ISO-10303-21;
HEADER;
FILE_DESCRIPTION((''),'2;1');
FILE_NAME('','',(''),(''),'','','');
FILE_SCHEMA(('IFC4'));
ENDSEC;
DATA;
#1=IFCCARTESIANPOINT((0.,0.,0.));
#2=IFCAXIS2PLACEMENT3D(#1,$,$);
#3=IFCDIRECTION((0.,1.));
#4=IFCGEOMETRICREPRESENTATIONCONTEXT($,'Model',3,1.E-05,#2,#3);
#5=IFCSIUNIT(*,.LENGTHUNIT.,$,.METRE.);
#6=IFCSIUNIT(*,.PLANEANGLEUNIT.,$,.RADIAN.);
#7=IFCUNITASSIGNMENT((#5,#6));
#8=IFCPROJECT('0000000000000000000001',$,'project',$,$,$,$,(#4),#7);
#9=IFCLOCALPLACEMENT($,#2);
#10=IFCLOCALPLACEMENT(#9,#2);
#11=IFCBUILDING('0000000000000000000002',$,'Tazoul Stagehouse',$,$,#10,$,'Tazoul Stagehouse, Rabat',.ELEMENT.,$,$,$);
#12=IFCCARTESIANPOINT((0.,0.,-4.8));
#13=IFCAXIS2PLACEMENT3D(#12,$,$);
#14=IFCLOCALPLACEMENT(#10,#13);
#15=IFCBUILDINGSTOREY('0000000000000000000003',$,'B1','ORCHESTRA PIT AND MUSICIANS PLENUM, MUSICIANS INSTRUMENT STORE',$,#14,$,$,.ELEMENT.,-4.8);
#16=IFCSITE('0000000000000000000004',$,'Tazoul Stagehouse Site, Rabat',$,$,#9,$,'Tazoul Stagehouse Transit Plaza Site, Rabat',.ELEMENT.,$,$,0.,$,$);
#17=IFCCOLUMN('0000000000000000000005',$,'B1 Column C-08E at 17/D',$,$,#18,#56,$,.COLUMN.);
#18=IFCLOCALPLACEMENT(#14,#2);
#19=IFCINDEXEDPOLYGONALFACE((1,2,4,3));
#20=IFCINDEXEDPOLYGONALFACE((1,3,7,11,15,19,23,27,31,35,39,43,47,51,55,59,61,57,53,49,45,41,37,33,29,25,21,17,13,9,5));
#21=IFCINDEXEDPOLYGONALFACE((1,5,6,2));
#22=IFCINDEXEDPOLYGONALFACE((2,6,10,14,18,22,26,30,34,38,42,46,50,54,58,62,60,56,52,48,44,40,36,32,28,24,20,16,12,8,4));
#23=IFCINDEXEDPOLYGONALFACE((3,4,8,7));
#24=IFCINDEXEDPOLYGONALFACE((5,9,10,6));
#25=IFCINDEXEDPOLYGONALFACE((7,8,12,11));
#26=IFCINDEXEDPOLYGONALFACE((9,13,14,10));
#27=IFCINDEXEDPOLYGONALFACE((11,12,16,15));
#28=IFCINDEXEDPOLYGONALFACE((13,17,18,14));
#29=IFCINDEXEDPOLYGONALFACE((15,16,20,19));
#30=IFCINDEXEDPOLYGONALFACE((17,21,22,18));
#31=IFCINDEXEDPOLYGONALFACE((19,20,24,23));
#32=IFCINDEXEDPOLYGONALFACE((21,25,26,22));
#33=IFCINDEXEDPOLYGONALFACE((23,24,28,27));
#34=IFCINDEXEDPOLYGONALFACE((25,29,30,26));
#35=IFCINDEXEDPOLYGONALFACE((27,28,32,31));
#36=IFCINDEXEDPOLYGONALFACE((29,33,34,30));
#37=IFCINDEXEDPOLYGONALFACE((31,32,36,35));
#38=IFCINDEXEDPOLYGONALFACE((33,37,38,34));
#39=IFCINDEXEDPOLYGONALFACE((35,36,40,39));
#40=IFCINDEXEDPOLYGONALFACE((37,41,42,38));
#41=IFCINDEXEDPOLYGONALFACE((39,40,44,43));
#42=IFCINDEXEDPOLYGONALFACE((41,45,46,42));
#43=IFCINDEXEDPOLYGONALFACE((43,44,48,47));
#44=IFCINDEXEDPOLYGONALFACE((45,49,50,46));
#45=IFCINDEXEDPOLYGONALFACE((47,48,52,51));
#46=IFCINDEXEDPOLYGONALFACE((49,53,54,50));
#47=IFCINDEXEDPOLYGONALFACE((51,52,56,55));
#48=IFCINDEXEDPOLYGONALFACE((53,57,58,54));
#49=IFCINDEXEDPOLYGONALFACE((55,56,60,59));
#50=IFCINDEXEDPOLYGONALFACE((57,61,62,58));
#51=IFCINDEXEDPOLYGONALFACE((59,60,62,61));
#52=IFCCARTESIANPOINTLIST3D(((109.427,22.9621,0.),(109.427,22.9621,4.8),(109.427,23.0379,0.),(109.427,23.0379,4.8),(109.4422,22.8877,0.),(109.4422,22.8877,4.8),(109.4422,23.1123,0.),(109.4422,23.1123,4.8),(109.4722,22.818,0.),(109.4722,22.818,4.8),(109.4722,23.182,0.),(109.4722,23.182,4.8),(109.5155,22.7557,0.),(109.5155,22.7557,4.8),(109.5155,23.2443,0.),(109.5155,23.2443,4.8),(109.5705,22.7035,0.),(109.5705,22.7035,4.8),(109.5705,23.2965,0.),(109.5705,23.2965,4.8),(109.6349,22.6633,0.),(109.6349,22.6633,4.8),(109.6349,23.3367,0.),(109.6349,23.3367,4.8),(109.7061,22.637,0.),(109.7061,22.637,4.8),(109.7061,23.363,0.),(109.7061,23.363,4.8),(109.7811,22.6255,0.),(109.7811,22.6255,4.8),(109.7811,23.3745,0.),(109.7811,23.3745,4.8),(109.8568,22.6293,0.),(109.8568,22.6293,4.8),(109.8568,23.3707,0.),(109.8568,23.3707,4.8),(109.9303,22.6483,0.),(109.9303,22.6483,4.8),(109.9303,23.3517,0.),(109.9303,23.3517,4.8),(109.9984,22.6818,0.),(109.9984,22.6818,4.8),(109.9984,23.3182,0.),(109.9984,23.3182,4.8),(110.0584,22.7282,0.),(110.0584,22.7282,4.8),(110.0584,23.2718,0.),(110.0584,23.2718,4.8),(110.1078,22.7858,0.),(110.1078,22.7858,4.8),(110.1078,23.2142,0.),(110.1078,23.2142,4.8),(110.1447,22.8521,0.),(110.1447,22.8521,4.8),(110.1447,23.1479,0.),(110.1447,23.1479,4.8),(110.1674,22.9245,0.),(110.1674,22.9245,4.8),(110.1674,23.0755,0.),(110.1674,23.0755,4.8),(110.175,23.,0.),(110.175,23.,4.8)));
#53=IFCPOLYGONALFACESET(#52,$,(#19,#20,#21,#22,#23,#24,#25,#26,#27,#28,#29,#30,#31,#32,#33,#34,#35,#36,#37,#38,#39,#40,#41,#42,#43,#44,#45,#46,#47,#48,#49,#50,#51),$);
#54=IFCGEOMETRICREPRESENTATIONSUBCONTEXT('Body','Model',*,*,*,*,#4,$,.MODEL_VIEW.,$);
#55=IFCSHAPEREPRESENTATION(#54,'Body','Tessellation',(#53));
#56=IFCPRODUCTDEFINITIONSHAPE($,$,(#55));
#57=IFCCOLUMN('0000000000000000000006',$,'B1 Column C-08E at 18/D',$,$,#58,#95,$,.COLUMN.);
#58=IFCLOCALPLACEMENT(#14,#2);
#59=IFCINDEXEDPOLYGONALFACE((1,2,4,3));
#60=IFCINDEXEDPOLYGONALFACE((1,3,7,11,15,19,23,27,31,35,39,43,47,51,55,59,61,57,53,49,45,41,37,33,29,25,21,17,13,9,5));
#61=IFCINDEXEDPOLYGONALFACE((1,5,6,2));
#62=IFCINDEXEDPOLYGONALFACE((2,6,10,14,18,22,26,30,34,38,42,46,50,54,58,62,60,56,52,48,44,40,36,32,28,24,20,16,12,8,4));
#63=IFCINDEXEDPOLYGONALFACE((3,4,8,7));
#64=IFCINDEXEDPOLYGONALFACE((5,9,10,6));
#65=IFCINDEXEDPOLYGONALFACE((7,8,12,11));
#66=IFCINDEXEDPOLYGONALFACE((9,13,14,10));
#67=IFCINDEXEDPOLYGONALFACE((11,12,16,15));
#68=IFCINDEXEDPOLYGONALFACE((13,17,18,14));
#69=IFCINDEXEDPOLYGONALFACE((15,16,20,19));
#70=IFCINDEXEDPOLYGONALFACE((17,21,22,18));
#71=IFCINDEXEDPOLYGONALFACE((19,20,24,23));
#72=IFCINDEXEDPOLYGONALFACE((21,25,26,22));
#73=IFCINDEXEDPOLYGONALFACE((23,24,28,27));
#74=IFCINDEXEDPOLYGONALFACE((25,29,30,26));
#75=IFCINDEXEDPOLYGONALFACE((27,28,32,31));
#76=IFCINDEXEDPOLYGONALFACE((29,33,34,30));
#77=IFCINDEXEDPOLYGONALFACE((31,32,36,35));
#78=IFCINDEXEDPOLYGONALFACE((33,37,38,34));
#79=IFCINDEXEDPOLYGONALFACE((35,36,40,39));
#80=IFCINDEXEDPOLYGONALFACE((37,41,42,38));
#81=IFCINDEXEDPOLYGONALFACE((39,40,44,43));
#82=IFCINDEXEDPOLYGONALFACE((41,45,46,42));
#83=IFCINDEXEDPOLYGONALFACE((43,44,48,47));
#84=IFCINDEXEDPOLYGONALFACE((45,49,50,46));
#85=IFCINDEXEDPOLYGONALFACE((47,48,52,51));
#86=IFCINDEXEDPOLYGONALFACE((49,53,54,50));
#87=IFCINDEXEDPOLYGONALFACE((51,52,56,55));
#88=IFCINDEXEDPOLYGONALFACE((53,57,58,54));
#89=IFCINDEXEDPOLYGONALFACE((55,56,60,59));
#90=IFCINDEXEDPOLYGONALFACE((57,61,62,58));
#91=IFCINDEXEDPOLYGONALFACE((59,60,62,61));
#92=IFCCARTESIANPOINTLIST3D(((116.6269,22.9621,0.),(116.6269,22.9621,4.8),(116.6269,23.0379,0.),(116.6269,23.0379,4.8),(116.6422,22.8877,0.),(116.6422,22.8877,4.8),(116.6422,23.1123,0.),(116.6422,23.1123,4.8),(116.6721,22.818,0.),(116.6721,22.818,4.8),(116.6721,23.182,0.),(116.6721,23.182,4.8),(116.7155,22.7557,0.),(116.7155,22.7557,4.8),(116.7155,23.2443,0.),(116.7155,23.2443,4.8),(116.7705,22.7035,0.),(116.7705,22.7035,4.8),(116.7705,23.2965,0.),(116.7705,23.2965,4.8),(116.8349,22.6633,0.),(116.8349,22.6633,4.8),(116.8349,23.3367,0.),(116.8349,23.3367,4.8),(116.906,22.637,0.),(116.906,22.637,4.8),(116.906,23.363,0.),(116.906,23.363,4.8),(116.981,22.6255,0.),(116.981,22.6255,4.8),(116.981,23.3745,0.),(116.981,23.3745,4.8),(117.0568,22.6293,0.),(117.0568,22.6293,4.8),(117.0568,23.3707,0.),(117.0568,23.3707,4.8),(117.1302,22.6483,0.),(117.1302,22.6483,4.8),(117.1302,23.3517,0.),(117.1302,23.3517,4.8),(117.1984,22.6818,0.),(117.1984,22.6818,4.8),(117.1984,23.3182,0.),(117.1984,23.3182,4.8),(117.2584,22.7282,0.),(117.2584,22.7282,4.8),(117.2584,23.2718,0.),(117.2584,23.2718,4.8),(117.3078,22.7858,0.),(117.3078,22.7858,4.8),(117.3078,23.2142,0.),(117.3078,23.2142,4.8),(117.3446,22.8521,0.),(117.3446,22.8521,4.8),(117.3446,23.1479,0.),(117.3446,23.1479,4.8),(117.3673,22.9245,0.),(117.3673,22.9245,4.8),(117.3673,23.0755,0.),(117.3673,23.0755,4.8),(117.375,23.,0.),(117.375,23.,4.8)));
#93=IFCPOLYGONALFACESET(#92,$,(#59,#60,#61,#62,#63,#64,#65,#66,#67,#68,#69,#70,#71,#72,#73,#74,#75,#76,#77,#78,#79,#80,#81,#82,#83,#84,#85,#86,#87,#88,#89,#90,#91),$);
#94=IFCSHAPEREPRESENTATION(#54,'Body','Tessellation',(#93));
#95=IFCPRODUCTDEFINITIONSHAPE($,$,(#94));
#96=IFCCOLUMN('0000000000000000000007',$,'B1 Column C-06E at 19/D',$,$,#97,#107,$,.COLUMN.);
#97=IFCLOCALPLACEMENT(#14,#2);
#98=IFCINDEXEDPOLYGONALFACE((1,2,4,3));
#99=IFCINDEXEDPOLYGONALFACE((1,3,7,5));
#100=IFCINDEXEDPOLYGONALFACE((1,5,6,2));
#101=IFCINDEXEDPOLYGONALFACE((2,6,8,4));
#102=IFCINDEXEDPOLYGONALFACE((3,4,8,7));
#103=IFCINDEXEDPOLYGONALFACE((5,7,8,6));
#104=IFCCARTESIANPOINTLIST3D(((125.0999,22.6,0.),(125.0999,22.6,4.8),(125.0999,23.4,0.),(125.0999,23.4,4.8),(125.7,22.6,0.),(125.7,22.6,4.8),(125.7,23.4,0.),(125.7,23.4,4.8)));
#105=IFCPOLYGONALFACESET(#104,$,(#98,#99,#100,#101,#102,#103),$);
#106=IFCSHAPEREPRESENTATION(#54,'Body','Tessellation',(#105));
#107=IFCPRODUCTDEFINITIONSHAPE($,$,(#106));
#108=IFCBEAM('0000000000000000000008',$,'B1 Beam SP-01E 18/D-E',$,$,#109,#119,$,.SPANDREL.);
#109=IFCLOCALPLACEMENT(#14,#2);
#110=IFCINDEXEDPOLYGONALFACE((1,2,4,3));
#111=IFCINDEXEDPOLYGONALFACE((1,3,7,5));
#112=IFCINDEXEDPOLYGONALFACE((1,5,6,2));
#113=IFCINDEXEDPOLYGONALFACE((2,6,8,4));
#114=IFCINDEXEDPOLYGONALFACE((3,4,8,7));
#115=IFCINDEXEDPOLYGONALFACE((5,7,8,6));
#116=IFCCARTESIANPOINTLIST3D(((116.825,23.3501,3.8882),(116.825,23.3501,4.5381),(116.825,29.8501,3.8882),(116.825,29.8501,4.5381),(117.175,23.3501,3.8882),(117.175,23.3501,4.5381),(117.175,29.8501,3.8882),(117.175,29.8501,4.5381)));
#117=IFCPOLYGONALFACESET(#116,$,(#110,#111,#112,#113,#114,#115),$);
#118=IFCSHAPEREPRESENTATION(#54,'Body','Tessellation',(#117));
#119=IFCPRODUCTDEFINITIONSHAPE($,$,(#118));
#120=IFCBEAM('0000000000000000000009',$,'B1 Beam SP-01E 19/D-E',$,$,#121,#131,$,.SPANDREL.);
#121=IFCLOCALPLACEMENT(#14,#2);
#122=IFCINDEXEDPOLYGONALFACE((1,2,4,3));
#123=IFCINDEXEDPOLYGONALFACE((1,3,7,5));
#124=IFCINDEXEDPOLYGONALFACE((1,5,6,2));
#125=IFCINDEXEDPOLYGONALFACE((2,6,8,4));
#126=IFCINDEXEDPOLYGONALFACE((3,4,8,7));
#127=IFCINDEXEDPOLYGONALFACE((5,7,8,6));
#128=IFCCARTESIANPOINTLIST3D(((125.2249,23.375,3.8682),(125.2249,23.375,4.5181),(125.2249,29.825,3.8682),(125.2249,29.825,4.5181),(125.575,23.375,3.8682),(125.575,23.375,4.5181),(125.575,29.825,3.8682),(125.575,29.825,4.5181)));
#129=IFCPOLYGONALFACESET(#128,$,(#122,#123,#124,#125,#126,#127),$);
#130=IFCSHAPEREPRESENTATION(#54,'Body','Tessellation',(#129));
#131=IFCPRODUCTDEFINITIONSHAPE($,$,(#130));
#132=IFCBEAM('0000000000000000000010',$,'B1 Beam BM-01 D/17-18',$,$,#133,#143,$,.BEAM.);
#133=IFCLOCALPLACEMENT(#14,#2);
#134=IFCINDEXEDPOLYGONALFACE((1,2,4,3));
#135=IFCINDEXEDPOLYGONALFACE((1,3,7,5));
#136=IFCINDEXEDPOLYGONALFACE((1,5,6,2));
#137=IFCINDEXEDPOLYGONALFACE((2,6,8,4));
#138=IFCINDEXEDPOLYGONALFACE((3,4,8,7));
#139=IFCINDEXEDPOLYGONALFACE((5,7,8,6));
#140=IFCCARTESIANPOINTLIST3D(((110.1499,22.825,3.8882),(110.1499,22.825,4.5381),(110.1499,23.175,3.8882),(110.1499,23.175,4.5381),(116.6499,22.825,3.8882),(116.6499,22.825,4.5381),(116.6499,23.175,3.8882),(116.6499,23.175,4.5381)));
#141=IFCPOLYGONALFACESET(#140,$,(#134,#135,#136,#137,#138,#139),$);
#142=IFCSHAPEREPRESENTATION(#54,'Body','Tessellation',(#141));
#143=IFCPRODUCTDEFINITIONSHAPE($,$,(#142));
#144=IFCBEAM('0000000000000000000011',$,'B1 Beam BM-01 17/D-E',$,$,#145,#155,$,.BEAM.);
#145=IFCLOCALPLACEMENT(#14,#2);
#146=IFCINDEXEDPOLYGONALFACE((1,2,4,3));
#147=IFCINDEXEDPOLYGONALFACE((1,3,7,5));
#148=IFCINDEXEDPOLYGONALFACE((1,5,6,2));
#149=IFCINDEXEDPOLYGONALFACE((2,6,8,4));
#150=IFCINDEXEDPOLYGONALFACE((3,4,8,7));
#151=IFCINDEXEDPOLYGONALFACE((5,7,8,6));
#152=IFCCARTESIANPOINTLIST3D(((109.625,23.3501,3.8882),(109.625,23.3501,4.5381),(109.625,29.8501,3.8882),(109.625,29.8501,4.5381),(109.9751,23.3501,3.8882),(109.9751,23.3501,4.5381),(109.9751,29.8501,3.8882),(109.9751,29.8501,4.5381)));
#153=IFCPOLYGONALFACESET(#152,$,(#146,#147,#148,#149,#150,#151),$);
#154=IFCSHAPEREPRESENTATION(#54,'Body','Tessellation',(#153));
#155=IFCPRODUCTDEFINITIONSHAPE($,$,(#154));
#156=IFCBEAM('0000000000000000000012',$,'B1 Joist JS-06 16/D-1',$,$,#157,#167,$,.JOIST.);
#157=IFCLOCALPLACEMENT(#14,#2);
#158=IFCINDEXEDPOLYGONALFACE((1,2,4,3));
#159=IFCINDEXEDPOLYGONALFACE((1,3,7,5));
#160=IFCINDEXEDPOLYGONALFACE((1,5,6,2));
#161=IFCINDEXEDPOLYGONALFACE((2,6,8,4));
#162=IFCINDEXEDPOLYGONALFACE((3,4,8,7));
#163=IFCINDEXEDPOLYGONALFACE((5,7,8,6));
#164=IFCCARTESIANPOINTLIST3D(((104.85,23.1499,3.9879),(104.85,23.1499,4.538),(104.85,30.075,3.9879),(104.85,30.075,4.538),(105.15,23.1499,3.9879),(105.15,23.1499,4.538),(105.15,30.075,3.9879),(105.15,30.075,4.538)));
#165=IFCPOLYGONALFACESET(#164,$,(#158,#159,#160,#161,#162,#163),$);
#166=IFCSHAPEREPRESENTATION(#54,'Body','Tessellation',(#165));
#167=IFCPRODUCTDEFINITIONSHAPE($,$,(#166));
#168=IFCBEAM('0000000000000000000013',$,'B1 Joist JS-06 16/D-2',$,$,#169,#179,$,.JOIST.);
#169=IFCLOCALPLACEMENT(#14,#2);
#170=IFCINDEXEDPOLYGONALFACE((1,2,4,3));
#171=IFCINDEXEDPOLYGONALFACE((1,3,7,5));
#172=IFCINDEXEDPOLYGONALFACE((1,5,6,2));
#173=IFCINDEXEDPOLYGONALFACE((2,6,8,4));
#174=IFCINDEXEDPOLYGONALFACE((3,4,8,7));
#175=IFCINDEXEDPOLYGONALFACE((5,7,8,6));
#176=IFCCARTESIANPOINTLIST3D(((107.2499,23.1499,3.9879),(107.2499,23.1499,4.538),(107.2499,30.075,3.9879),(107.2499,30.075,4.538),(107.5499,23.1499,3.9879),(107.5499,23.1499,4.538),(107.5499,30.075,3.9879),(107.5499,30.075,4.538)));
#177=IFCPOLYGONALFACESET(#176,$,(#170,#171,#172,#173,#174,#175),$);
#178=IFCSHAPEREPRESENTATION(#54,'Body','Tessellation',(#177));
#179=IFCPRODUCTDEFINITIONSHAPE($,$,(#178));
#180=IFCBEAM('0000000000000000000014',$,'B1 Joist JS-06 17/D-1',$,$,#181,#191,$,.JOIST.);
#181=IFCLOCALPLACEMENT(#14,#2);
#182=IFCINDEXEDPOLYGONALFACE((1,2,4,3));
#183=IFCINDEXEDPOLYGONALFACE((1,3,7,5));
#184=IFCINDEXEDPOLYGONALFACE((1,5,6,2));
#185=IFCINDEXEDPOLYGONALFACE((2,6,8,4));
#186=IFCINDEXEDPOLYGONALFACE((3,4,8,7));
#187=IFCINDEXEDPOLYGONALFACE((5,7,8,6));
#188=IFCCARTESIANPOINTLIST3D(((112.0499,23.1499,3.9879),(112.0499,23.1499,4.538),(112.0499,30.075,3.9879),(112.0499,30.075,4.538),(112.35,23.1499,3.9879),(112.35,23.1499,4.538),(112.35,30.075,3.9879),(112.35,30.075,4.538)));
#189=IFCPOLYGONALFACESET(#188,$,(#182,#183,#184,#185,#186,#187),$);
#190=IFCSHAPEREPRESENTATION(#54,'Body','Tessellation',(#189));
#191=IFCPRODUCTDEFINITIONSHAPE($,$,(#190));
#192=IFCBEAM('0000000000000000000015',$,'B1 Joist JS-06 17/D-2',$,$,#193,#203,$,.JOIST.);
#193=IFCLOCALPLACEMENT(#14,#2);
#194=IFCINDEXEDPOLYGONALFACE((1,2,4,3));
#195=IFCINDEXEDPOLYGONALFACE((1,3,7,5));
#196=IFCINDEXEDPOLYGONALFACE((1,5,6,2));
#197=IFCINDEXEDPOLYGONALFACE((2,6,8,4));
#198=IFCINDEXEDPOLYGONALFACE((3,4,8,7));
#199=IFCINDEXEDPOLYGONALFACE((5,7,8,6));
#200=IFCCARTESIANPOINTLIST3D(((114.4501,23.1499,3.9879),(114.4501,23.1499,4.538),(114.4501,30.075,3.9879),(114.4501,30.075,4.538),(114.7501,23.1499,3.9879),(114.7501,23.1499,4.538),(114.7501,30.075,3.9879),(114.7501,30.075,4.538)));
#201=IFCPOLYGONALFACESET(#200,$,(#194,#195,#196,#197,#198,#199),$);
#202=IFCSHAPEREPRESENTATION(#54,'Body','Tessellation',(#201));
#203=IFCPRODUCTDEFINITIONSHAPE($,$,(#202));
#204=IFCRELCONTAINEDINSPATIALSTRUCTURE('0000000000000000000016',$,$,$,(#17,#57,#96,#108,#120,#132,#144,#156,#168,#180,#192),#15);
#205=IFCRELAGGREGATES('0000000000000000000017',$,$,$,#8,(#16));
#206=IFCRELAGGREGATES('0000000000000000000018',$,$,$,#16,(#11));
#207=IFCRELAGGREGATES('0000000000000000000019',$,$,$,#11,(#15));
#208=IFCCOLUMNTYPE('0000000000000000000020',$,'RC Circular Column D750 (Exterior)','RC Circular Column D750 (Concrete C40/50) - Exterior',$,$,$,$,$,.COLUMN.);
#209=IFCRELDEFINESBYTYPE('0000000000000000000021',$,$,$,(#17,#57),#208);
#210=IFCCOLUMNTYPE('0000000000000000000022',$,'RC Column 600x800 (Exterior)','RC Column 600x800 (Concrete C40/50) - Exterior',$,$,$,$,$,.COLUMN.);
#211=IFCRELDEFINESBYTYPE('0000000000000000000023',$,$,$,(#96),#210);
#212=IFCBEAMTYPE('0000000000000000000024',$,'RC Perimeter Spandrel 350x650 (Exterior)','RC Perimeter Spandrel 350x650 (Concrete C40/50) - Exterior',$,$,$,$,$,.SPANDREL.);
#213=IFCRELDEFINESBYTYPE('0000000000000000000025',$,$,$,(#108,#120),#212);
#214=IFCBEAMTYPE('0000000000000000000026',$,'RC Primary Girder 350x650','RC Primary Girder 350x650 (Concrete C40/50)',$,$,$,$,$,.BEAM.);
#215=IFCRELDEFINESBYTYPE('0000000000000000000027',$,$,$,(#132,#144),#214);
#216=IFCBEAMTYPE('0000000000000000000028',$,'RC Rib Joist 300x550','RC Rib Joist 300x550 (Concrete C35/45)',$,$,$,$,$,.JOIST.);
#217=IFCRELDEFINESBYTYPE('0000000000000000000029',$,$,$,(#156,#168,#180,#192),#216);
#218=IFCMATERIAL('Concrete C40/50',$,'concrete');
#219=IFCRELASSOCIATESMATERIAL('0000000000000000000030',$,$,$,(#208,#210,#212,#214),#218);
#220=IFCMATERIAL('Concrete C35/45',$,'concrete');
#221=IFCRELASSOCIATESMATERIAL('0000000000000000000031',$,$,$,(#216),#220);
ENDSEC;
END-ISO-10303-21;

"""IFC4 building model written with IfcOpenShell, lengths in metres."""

from ifc_helpers import new_model, si_unit, direction, frame, origin, origin_2d, place, context, subcontext, project, spatial, rectangle, circle, extrude, material, material_profile, profile_set, type_object, element, save


model = new_model("IFC4")

# Units and contexts
model_context = context("Model", 3, precision=1e-05, world=origin(), true_north=direction((0.0, 1.0)))
body_context = subcontext(model_context, "Body", "Model", "MODEL_VIEW")
ifc_project = project(units=[si_unit("LENGTHUNIT", "METRE"), si_unit("PLANEANGLEUNIT", "RADIAN")], contexts=[model_context])

# Site, building, storey
site_placement = place(None, origin())
site = spatial("IfcSite", under=ifc_project, at=site_placement, Name="Tazoul Stagehouse Site, Rabat", LongName="Tazoul Stagehouse Transit Plaza Site, Rabat", CompositionType="ELEMENT", RefElevation=0.0)
building_placement = place(site_placement, origin())
building = spatial("IfcBuilding", under=site, at=building_placement, Name="Tazoul Stagehouse", LongName="Tazoul Stagehouse, Rabat", CompositionType="ELEMENT")
storey_placement = place(building_placement, frame((0.0, 0.0, -4.8)))
storey = spatial("IfcBuildingStorey", under=building, at=storey_placement, Name="B1", Description="ORCHESTRA PIT AND MUSICIANS PLENUM, MUSICIANS INSTRUMENT STORE", CompositionType="ELEMENT", Elevation=-4.8)

# Shared definitions
ifc_material_1 = material(Name="Concrete C35/45", Category="concrete")

# Columns
ifc_material_2 = material(Name="Concrete C40/50", Category="concrete")
ifc_material_profile_1 = material_profile(ifc_material_2, circle(Radius=0.375, at=origin_2d()), Name="RC D750")
ifc_profile_set_1 = profile_set([ifc_material_profile_1], Name="Concrete C40/50")
column_type_1 = type_object("IfcColumnType", Name="RC Circular Column D750 (Exterior)", Description="RC Circular Column D750 (Concrete C40/50) - Exterior", PredefinedType="COLUMN", material=ifc_profile_set_1)
for number, where, z_axis, x_axis, name in (
    (1, (109.8, 23.0, 0.0), (0.0, 0.0, 1.0), (1.0, 0.0, 0.0), "B1 Column C-08E at 17/D"),
    (2, (117.0, 23.0, 0.0), (0.0, 0.0, 1.0), (1.0, 0.0, 0.0), "B1 Column C-08E at 18/D"),
):
    element("IfcColumn", number, at=place(storey_placement, frame(where, z_axis=z_axis, x_axis=x_axis)), inside=storey, type_object=column_type_1, Name=name, PredefinedType="COLUMN", context=body_context, shape_type="SweptSolid", body=[
        extrude(circle(Radius=0.375, at=origin_2d()), origin(), (0.0, 0.0, 1.0), 4.8),
    ])
ifc_material_profile_2 = material_profile(ifc_material_2, rectangle(XDim=0.6001, YDim=0.8, at=origin_2d()), Name="RC 600x800")
ifc_profile_set_2 = profile_set([ifc_material_profile_2], Name="Concrete C40/50")
column_type_2 = type_object("IfcColumnType", Name="RC Column 600x800 (Exterior)", Description="RC Column 600x800 (Concrete C40/50) - Exterior", PredefinedType="COLUMN", material=ifc_profile_set_2)
column_placement = place(storey_placement, frame((125.3999, 23.0, 0.0), z_axis=(0.0, 0.0, 1.0), x_axis=(1.0, 0.0, 0.0)))
element("IfcColumn", 3, at=column_placement, inside=storey, type_object=column_type_2, Name="B1 Column C-06E at 19/D", PredefinedType="COLUMN", context=body_context, shape_type="SweptSolid", body=[
    extrude(rectangle(XDim=0.6001, YDim=0.8, at=origin_2d()), origin(), (0.0, 0.0, 1.0), 4.8),
])

# Beams
ifc_material_profile_3 = material_profile(ifc_material_2, rectangle(XDim=0.3501, YDim=0.6499, at=origin_2d()), Name="RC 350x650")
ifc_profile_set_3 = profile_set([ifc_material_profile_3], Name="Concrete C40/50")
beam_type_1 = type_object("IfcBeamType", Name="RC Perimeter Spandrel 350x650 (Exterior)", Description="RC Perimeter Spandrel 350x650 (Concrete C40/50) - Exterior", PredefinedType="SPANDREL", material=ifc_profile_set_3)
beam_1_placement = place(storey_placement, frame((117.0, 23.3501, 4.2131), z_axis=(0.0, 1.0, 0.0), x_axis=(-1.0, 0.0, 0.0)))
element("IfcBeam", 4, at=beam_1_placement, inside=storey, type_object=beam_type_1, Name="B1 Beam SP-01E 18/D-E", PredefinedType="SPANDREL", context=body_context, shape_type="SweptSolid", body=[
    extrude(rectangle(XDim=0.3501, YDim=0.6499, at=origin_2d()), origin(), (0.0, 0.0, 1.0), 6.5),
])
beam_2_placement = place(storey_placement, frame((125.3999, 23.375, 4.1931), z_axis=(0.0, 1.0, 0.0), x_axis=(-1.0, 0.0, 0.0)))
element("IfcBeam", 5, at=beam_2_placement, inside=storey, type_object=beam_type_1, Name="B1 Beam SP-01E 19/D-E", PredefinedType="SPANDREL", context=body_context, shape_type="SweptSolid", body=[
    extrude(rectangle(XDim=0.3501, YDim=0.6499, at=origin_2d()), origin(), (0.0, 0.0, 1.0), 6.45),
])
ifc_material_profile_4 = material_profile(ifc_material_2, rectangle(XDim=0.3501, YDim=0.6499, at=origin_2d()), Name="RC 350x650")
ifc_profile_set_4 = profile_set([ifc_material_profile_4], Name="Concrete C40/50")
beam_type_2 = type_object("IfcBeamType", Name="RC Primary Girder 350x650", Description="RC Primary Girder 350x650 (Concrete C40/50)", PredefinedType="BEAM", material=ifc_profile_set_4)
for number, where, z_axis, x_axis, name in (
    (6, (110.1499, 23.0, 4.2131), (1.0, 0.0, 0.0), (0.0, 1.0, 0.0), "B1 Beam BM-01 D/17-18"),
    (7, (109.8, 23.3501, 4.2131), (0.0, 1.0, 0.0), (-1.0, 0.0, 0.0), "B1 Beam BM-01 17/D-E"),
):
    element("IfcBeam", number, at=place(storey_placement, frame(where, z_axis=z_axis, x_axis=x_axis)), inside=storey, type_object=beam_type_2, Name=name, PredefinedType="BEAM", context=body_context, shape_type="SweptSolid", body=[
        extrude(rectangle(XDim=0.3501, YDim=0.6499, at=origin_2d()), origin(), (0.0, 0.0, 1.0), 6.5),
    ])
ifc_material_profile_5 = material_profile(ifc_material_1, rectangle(XDim=0.3, YDim=0.55, at=origin_2d()), Name="RC 300x550")
ifc_profile_set_5 = profile_set([ifc_material_profile_5], Name="Concrete C35/45")
beam_type_3 = type_object("IfcBeamType", Name="RC Rib Joist 300x550", Description="RC Rib Joist 300x550 (Concrete C35/45)", PredefinedType="JOIST", material=ifc_profile_set_5)
for number, where, z_axis, x_axis, name in (
    (8, (105.0, 23.1499, 4.2629), (0.0, 1.0, 0.0), (-1.0, 0.0, 0.0), "B1 Joist JS-06 16/D-1"),
    (9, (107.3999, 23.1499, 4.2629), (0.0, 1.0, 0.0), (-1.0, 0.0, 0.0), "B1 Joist JS-06 16/D-2"),
    (10, (112.2, 23.1499, 4.2629), (0.0, 1.0, 0.0), (-1.0, 0.0, 0.0), "B1 Joist JS-06 17/D-1"),
    (11, (114.6001, 23.1499, 4.2629), (0.0, 1.0, 0.0), (-1.0, 0.0, 0.0), "B1 Joist JS-06 17/D-2"),
):
    element("IfcBeam", number, at=place(storey_placement, frame(where, z_axis=z_axis, x_axis=x_axis)), inside=storey, type_object=beam_type_3, Name=name, PredefinedType="JOIST", context=body_context, shape_type="SweptSolid", body=[
        extrude(rectangle(XDim=0.3, YDim=0.55, at=origin_2d()), origin(), (0.0, 0.0, 1.0), 6.925),
    ])

save(model, "model.ifc")
